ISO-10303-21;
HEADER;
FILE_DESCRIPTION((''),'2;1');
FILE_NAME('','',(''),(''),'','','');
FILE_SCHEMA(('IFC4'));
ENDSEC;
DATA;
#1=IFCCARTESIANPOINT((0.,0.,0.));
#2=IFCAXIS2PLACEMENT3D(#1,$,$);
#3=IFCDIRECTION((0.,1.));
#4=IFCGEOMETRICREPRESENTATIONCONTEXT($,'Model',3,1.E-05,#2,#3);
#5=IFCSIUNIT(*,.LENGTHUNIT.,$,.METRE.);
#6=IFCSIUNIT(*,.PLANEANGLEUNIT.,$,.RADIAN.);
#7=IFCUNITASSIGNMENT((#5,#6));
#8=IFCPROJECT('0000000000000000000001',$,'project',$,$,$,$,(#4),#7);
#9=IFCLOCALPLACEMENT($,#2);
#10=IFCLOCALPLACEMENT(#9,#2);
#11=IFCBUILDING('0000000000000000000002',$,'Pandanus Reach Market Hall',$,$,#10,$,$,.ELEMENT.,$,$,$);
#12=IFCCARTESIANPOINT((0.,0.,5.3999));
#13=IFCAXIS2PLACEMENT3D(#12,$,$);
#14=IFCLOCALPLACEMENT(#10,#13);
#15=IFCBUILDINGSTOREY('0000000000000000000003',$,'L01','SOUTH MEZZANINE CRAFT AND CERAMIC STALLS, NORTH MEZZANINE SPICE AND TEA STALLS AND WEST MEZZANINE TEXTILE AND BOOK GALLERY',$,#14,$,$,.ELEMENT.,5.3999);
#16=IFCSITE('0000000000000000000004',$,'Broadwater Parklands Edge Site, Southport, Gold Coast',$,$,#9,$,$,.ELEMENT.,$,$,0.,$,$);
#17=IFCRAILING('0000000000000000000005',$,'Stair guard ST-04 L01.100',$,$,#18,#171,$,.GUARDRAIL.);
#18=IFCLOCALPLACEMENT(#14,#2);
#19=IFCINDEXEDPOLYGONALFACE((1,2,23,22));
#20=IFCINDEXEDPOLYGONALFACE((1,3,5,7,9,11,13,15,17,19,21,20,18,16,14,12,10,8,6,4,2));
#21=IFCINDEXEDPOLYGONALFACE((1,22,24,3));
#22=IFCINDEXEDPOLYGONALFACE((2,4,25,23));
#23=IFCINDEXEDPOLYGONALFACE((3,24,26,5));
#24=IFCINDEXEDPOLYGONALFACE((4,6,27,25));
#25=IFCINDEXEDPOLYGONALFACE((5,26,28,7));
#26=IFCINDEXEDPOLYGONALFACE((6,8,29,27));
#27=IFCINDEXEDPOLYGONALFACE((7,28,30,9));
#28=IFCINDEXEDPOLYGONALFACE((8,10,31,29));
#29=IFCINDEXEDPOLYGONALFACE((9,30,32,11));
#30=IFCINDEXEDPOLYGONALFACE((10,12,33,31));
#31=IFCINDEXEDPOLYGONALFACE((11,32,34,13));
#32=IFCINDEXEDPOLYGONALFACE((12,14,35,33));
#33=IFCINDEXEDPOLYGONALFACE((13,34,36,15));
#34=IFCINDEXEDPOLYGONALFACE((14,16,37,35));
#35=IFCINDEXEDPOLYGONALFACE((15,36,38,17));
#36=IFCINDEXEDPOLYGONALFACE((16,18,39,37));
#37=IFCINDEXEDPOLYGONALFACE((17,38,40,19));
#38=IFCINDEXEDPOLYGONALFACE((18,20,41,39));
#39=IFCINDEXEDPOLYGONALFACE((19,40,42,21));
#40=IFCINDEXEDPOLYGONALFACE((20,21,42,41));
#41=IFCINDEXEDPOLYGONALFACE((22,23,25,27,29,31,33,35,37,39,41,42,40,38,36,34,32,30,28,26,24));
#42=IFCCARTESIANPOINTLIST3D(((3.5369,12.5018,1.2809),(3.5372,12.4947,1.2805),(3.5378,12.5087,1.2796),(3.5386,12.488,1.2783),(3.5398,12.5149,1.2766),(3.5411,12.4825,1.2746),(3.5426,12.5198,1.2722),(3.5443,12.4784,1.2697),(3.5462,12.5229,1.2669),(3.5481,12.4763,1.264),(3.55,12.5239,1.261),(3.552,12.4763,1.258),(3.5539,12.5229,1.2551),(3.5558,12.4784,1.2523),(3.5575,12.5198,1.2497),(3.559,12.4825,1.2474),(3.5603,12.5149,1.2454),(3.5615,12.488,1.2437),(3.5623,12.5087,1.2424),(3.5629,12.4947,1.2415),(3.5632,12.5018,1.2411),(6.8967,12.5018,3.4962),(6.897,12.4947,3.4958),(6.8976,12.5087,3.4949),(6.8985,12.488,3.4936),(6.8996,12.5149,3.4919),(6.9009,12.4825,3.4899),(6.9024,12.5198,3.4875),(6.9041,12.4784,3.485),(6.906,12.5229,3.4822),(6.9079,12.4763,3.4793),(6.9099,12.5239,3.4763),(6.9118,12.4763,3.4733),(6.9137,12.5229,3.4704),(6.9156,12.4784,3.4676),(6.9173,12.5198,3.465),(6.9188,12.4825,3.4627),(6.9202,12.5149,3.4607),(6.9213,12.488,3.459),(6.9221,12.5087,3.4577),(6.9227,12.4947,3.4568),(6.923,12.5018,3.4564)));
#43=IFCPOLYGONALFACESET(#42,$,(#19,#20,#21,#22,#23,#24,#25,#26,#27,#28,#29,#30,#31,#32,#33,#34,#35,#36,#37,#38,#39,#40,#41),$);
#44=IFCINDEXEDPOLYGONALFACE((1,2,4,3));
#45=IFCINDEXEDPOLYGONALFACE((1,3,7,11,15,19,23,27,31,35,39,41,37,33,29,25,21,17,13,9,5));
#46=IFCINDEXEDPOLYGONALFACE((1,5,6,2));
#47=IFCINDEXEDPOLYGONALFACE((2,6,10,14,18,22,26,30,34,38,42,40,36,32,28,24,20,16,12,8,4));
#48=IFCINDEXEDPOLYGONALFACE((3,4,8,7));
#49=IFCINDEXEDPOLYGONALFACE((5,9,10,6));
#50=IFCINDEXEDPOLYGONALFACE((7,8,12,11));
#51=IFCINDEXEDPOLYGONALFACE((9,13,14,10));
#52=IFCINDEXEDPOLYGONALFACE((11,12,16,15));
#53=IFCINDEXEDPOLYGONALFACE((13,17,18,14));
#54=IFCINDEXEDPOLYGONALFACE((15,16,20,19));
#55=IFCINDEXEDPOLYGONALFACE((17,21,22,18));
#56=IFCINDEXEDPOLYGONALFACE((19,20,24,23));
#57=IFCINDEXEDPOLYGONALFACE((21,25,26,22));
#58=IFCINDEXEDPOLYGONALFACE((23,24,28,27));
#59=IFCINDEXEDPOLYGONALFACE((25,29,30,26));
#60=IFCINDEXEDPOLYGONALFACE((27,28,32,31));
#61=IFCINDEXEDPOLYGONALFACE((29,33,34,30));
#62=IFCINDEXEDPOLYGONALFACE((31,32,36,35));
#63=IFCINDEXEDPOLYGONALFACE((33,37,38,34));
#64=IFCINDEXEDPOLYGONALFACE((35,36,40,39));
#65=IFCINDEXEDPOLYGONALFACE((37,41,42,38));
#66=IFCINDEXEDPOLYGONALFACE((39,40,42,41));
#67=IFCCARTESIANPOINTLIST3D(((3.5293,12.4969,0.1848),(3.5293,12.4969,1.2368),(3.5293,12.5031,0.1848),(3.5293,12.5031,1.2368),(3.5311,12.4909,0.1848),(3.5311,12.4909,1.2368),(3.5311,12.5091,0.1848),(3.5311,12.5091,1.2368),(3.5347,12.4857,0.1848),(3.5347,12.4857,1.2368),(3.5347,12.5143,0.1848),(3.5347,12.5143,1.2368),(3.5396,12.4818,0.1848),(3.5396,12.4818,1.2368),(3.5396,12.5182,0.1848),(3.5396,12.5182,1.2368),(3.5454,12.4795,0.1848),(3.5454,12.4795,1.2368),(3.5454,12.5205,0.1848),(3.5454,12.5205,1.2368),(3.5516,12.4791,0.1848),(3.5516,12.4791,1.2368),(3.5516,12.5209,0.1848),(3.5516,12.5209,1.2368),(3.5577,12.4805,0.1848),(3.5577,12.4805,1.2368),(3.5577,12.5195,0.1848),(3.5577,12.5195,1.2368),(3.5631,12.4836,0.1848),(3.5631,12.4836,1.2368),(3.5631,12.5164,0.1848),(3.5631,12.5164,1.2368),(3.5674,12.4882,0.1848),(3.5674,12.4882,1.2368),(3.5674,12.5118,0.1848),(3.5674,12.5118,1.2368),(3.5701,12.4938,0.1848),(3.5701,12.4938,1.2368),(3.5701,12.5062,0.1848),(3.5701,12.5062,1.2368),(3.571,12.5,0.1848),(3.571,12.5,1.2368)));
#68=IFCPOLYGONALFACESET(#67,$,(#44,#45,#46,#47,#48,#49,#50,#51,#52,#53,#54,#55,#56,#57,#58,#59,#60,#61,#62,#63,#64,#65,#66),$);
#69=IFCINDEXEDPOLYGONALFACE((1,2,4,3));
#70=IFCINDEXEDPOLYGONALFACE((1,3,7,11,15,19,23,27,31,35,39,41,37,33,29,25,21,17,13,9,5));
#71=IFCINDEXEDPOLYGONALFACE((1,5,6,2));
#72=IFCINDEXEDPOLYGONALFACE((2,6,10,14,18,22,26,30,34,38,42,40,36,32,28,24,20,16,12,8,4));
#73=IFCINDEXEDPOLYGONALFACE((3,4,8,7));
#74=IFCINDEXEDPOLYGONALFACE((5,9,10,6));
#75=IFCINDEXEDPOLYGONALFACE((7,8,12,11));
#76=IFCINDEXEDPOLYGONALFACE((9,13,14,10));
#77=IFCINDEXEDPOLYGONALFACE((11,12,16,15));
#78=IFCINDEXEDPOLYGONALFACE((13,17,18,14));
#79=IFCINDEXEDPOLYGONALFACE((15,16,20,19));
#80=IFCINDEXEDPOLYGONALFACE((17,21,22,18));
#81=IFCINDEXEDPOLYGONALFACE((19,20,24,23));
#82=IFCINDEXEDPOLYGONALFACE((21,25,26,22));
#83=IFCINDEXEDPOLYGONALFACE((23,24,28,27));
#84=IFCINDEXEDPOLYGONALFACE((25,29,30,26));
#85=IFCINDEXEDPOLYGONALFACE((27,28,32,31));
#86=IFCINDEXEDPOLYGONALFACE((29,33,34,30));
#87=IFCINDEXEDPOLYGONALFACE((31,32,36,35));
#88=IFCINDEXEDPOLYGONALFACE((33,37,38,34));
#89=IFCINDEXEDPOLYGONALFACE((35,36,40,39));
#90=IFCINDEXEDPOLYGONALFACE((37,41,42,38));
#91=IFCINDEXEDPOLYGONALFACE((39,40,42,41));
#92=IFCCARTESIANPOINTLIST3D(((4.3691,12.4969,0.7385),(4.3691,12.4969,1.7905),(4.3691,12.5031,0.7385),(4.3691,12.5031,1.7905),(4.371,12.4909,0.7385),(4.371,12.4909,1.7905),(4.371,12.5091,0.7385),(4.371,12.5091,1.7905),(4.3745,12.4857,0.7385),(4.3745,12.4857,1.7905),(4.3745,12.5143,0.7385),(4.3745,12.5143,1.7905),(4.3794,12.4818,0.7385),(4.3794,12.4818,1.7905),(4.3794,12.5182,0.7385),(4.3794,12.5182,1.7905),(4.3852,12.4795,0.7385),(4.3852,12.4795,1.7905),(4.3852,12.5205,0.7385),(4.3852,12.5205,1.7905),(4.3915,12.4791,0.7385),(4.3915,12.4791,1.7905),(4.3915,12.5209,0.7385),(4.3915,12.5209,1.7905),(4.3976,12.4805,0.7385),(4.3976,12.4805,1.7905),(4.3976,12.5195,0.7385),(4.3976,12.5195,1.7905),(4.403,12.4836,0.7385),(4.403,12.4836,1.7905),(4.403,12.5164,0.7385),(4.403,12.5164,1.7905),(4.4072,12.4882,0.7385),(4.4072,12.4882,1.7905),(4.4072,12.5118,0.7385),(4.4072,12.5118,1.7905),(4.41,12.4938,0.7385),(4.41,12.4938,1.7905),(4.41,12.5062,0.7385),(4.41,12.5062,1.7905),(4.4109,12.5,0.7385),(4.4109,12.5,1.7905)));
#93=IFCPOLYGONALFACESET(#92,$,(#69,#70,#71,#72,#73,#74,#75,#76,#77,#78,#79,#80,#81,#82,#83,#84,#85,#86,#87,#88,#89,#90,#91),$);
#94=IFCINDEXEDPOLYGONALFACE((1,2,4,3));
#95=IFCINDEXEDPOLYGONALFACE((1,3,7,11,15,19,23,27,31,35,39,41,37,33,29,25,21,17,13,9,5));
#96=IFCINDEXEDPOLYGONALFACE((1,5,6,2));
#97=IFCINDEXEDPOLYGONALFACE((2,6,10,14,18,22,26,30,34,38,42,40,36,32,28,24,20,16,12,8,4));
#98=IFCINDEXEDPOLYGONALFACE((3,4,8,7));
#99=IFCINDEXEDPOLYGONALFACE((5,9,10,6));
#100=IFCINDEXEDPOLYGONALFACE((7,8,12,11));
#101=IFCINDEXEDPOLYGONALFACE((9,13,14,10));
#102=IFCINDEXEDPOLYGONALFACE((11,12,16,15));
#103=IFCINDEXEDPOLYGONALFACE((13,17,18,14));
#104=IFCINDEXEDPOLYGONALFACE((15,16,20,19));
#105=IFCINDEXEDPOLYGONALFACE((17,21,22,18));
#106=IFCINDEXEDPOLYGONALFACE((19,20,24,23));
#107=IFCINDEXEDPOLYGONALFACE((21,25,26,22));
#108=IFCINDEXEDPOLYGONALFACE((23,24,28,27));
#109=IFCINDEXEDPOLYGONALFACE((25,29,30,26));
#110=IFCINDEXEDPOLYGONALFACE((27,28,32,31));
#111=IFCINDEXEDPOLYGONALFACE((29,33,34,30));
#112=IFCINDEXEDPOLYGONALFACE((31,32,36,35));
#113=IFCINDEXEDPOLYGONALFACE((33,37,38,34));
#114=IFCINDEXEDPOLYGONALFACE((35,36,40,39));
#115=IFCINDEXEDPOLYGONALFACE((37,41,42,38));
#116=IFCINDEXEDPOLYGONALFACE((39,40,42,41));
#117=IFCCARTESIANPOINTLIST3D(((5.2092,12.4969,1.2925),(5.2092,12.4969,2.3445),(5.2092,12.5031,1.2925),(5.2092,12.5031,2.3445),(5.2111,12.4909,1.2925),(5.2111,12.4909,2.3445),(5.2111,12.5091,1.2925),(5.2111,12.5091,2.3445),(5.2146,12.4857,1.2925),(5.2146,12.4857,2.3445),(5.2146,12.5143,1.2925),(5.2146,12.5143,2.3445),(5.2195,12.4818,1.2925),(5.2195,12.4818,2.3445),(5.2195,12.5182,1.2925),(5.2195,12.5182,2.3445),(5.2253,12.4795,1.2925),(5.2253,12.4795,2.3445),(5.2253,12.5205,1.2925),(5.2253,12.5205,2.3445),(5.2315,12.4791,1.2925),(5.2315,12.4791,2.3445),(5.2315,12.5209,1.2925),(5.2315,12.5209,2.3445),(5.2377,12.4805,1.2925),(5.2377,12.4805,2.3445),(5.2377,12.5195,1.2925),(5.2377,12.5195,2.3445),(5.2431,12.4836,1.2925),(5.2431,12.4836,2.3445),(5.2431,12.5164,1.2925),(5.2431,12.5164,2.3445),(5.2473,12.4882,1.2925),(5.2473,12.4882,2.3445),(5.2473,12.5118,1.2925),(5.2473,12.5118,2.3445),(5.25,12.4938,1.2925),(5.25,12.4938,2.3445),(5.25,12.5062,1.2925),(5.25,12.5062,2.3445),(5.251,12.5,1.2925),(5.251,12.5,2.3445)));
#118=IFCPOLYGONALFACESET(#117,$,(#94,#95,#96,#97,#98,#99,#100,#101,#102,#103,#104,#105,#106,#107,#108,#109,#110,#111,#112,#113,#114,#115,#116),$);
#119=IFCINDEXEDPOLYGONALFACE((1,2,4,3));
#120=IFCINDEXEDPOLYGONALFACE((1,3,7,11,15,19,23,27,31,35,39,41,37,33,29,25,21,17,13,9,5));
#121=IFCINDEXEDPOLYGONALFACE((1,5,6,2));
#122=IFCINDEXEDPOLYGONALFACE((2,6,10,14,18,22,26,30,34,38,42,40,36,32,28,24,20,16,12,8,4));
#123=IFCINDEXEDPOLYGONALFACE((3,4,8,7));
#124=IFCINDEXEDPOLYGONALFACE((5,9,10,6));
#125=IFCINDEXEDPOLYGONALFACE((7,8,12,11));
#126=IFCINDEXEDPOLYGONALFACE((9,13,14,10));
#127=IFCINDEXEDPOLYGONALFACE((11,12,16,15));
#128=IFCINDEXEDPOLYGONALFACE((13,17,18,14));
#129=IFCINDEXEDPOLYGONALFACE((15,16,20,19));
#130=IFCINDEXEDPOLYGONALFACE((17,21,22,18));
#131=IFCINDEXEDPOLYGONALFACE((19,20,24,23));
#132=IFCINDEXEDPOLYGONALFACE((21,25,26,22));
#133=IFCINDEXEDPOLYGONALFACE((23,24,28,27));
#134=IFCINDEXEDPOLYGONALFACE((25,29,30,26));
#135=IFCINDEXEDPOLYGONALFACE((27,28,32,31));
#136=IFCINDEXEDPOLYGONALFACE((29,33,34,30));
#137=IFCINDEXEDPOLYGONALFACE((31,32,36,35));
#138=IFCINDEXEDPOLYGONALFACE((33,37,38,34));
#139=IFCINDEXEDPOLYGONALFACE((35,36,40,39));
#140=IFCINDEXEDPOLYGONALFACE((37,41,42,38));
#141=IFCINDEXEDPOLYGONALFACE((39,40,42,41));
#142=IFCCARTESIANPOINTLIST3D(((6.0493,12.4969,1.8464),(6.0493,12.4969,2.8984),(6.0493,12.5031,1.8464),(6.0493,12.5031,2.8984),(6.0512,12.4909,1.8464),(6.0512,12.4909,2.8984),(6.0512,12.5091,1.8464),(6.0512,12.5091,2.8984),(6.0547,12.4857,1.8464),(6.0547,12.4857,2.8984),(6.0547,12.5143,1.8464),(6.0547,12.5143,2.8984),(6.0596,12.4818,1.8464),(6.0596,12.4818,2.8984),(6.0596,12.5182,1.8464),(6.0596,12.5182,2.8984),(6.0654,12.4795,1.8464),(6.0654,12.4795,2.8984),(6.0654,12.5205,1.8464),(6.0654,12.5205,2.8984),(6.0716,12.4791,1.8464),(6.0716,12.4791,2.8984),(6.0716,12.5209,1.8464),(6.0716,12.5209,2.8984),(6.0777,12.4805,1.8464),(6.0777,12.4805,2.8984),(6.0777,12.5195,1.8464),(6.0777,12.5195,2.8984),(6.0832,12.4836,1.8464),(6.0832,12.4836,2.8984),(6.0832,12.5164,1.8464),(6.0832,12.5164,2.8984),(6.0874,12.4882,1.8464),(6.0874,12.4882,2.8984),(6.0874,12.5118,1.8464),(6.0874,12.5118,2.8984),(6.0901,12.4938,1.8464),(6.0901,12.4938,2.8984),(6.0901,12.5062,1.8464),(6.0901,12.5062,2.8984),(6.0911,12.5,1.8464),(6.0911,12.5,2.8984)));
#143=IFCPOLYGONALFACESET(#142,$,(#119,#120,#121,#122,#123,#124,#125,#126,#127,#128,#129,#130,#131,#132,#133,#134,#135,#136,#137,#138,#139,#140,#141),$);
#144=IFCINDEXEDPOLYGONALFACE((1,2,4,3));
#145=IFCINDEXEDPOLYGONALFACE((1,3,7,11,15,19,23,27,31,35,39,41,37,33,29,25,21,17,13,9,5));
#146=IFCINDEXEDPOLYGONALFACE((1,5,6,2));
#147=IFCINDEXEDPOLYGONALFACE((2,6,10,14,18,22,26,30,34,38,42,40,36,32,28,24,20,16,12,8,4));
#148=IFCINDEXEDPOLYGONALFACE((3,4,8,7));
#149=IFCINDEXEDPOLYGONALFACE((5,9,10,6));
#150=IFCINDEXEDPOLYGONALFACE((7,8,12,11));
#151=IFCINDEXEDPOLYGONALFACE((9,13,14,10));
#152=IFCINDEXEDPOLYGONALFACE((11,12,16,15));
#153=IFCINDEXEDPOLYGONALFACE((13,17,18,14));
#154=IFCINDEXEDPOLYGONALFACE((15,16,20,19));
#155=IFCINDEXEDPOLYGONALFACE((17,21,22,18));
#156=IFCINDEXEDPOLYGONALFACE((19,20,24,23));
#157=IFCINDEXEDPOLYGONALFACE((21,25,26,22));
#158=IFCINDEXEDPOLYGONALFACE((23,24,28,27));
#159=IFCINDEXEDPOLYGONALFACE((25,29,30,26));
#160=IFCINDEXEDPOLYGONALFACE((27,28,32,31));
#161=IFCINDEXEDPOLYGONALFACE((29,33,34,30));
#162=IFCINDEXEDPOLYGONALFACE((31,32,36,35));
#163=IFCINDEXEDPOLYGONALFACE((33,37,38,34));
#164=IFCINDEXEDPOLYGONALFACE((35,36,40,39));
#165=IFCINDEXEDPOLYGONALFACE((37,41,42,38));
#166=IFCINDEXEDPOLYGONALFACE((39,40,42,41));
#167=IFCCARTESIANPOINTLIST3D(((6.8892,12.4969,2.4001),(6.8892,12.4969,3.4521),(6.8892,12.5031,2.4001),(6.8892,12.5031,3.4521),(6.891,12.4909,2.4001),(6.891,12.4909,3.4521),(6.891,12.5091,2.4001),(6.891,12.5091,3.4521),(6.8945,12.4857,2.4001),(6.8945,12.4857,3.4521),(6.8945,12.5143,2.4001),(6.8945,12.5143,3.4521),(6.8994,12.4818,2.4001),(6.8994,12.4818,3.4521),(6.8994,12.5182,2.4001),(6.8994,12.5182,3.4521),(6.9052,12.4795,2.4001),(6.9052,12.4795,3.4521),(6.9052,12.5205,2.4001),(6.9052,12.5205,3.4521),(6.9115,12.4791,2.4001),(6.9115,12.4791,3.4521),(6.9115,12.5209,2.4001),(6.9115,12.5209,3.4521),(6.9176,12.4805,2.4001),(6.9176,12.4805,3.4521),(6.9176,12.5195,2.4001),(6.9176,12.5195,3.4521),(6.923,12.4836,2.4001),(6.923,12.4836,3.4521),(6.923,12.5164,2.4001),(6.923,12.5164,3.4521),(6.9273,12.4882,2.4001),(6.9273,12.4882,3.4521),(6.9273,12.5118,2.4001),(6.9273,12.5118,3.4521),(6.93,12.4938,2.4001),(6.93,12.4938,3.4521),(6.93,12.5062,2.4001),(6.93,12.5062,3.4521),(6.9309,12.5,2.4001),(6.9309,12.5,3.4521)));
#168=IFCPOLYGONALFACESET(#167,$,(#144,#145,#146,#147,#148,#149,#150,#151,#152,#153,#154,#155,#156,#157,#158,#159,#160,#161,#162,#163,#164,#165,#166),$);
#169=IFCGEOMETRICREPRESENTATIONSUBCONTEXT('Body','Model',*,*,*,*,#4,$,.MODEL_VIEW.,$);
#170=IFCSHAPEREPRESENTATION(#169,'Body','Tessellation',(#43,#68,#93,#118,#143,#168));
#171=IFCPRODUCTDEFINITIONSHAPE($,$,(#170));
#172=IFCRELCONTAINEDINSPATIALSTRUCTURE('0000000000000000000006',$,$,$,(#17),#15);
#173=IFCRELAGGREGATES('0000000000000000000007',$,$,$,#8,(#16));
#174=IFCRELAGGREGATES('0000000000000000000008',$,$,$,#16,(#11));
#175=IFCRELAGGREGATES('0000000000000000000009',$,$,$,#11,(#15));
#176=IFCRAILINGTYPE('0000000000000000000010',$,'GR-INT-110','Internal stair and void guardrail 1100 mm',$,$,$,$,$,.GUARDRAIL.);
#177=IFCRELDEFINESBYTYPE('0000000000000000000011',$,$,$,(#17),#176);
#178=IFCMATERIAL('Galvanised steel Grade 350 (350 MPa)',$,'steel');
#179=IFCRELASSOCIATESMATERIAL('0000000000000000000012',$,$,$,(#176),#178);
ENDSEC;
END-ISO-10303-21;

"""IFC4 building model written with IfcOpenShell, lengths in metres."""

from ifc_helpers import new_model, si_unit, direction, frame, origin, origin_2d, place, context, subcontext, project, spatial, circle, extrude, material, type_object, element, save


model = new_model("IFC4")

# Units and contexts
model_context = context("Model", 3, precision=1e-05, world=origin(), true_north=direction((0.0, 1.0)))
body_context = subcontext(model_context, "Body", "Model", "MODEL_VIEW")
ifc_project = project(units=[si_unit("LENGTHUNIT", "METRE"), si_unit("PLANEANGLEUNIT", "RADIAN")], contexts=[model_context])

# Site, building, storey
site_placement = place(None, origin())
site = spatial("IfcSite", under=ifc_project, at=site_placement, Name="Broadwater Parklands Edge Site, Southport, Gold Coast", CompositionType="ELEMENT", RefElevation=0.0)
building_placement = place(site_placement, origin())
building = spatial("IfcBuilding", under=site, at=building_placement, Name="Pandanus Reach Market Hall", CompositionType="ELEMENT")
storey_placement = place(building_placement, frame((0.0, 0.0, 5.3999)))
storey = spatial("IfcBuildingStorey", under=building, at=storey_placement, Name="L01", Description="SOUTH MEZZANINE CRAFT AND CERAMIC STALLS, NORTH MEZZANINE SPICE AND TEA STALLS AND WEST MEZZANINE TEXTILE AND BOOK GALLERY", CompositionType="ELEMENT", Elevation=5.3999)

# Railing
ifc_material_1 = material(Name="Galvanised steel Grade 350 (350 MPa)", Category="steel")
railing_type_1 = type_object("IfcRailingType", Name="GR-INT-110", Description="Internal stair and void guardrail 1100 mm", PredefinedType="GUARDRAIL", material=ifc_material_1)
railing_1_placement = place(storey_placement, frame((3.55, 12.5, 0.1848)))
element("IfcRailing", 1, at=railing_1_placement, inside=storey, type_object=railing_type_1, Name="Stair guard ST-04 L01.100", PredefinedType="GUARDRAIL", context=body_context, shape_type="SweptSolid", body=[
    extrude(circle(Radius=0.0239, at=origin_2d()), frame((0.0, 0.0, 1.0762), z_axis=(0.834858, 0.0, 0.550465), x_axis=(0.0, 1.0, 0.0)), (0.0, 0.0, 1.0), 4.0244),
    extrude(circle(Radius=0.021, at=origin_2d()), origin(), (0.0, 0.0, 1.0), 1.052),
    extrude(circle(Radius=0.021, at=origin_2d()), frame((0.8398, 0.0, 0.5537)), (0.0, 0.0, 1.0), 1.052),
    extrude(circle(Radius=0.021, at=origin_2d()), frame((1.6799, 0.0, 1.1077)), (0.0, 0.0, 1.0), 1.052),
    extrude(circle(Radius=0.021, at=origin_2d()), frame((2.52, 0.0, 1.6616)), (0.0, 0.0, 1.0), 1.052),
    extrude(circle(Radius=0.021, at=origin_2d()), frame((3.3599, 0.0, 2.2153)), (0.0, 0.0, 1.0), 1.052),
])

save(model, "model.ifc")
